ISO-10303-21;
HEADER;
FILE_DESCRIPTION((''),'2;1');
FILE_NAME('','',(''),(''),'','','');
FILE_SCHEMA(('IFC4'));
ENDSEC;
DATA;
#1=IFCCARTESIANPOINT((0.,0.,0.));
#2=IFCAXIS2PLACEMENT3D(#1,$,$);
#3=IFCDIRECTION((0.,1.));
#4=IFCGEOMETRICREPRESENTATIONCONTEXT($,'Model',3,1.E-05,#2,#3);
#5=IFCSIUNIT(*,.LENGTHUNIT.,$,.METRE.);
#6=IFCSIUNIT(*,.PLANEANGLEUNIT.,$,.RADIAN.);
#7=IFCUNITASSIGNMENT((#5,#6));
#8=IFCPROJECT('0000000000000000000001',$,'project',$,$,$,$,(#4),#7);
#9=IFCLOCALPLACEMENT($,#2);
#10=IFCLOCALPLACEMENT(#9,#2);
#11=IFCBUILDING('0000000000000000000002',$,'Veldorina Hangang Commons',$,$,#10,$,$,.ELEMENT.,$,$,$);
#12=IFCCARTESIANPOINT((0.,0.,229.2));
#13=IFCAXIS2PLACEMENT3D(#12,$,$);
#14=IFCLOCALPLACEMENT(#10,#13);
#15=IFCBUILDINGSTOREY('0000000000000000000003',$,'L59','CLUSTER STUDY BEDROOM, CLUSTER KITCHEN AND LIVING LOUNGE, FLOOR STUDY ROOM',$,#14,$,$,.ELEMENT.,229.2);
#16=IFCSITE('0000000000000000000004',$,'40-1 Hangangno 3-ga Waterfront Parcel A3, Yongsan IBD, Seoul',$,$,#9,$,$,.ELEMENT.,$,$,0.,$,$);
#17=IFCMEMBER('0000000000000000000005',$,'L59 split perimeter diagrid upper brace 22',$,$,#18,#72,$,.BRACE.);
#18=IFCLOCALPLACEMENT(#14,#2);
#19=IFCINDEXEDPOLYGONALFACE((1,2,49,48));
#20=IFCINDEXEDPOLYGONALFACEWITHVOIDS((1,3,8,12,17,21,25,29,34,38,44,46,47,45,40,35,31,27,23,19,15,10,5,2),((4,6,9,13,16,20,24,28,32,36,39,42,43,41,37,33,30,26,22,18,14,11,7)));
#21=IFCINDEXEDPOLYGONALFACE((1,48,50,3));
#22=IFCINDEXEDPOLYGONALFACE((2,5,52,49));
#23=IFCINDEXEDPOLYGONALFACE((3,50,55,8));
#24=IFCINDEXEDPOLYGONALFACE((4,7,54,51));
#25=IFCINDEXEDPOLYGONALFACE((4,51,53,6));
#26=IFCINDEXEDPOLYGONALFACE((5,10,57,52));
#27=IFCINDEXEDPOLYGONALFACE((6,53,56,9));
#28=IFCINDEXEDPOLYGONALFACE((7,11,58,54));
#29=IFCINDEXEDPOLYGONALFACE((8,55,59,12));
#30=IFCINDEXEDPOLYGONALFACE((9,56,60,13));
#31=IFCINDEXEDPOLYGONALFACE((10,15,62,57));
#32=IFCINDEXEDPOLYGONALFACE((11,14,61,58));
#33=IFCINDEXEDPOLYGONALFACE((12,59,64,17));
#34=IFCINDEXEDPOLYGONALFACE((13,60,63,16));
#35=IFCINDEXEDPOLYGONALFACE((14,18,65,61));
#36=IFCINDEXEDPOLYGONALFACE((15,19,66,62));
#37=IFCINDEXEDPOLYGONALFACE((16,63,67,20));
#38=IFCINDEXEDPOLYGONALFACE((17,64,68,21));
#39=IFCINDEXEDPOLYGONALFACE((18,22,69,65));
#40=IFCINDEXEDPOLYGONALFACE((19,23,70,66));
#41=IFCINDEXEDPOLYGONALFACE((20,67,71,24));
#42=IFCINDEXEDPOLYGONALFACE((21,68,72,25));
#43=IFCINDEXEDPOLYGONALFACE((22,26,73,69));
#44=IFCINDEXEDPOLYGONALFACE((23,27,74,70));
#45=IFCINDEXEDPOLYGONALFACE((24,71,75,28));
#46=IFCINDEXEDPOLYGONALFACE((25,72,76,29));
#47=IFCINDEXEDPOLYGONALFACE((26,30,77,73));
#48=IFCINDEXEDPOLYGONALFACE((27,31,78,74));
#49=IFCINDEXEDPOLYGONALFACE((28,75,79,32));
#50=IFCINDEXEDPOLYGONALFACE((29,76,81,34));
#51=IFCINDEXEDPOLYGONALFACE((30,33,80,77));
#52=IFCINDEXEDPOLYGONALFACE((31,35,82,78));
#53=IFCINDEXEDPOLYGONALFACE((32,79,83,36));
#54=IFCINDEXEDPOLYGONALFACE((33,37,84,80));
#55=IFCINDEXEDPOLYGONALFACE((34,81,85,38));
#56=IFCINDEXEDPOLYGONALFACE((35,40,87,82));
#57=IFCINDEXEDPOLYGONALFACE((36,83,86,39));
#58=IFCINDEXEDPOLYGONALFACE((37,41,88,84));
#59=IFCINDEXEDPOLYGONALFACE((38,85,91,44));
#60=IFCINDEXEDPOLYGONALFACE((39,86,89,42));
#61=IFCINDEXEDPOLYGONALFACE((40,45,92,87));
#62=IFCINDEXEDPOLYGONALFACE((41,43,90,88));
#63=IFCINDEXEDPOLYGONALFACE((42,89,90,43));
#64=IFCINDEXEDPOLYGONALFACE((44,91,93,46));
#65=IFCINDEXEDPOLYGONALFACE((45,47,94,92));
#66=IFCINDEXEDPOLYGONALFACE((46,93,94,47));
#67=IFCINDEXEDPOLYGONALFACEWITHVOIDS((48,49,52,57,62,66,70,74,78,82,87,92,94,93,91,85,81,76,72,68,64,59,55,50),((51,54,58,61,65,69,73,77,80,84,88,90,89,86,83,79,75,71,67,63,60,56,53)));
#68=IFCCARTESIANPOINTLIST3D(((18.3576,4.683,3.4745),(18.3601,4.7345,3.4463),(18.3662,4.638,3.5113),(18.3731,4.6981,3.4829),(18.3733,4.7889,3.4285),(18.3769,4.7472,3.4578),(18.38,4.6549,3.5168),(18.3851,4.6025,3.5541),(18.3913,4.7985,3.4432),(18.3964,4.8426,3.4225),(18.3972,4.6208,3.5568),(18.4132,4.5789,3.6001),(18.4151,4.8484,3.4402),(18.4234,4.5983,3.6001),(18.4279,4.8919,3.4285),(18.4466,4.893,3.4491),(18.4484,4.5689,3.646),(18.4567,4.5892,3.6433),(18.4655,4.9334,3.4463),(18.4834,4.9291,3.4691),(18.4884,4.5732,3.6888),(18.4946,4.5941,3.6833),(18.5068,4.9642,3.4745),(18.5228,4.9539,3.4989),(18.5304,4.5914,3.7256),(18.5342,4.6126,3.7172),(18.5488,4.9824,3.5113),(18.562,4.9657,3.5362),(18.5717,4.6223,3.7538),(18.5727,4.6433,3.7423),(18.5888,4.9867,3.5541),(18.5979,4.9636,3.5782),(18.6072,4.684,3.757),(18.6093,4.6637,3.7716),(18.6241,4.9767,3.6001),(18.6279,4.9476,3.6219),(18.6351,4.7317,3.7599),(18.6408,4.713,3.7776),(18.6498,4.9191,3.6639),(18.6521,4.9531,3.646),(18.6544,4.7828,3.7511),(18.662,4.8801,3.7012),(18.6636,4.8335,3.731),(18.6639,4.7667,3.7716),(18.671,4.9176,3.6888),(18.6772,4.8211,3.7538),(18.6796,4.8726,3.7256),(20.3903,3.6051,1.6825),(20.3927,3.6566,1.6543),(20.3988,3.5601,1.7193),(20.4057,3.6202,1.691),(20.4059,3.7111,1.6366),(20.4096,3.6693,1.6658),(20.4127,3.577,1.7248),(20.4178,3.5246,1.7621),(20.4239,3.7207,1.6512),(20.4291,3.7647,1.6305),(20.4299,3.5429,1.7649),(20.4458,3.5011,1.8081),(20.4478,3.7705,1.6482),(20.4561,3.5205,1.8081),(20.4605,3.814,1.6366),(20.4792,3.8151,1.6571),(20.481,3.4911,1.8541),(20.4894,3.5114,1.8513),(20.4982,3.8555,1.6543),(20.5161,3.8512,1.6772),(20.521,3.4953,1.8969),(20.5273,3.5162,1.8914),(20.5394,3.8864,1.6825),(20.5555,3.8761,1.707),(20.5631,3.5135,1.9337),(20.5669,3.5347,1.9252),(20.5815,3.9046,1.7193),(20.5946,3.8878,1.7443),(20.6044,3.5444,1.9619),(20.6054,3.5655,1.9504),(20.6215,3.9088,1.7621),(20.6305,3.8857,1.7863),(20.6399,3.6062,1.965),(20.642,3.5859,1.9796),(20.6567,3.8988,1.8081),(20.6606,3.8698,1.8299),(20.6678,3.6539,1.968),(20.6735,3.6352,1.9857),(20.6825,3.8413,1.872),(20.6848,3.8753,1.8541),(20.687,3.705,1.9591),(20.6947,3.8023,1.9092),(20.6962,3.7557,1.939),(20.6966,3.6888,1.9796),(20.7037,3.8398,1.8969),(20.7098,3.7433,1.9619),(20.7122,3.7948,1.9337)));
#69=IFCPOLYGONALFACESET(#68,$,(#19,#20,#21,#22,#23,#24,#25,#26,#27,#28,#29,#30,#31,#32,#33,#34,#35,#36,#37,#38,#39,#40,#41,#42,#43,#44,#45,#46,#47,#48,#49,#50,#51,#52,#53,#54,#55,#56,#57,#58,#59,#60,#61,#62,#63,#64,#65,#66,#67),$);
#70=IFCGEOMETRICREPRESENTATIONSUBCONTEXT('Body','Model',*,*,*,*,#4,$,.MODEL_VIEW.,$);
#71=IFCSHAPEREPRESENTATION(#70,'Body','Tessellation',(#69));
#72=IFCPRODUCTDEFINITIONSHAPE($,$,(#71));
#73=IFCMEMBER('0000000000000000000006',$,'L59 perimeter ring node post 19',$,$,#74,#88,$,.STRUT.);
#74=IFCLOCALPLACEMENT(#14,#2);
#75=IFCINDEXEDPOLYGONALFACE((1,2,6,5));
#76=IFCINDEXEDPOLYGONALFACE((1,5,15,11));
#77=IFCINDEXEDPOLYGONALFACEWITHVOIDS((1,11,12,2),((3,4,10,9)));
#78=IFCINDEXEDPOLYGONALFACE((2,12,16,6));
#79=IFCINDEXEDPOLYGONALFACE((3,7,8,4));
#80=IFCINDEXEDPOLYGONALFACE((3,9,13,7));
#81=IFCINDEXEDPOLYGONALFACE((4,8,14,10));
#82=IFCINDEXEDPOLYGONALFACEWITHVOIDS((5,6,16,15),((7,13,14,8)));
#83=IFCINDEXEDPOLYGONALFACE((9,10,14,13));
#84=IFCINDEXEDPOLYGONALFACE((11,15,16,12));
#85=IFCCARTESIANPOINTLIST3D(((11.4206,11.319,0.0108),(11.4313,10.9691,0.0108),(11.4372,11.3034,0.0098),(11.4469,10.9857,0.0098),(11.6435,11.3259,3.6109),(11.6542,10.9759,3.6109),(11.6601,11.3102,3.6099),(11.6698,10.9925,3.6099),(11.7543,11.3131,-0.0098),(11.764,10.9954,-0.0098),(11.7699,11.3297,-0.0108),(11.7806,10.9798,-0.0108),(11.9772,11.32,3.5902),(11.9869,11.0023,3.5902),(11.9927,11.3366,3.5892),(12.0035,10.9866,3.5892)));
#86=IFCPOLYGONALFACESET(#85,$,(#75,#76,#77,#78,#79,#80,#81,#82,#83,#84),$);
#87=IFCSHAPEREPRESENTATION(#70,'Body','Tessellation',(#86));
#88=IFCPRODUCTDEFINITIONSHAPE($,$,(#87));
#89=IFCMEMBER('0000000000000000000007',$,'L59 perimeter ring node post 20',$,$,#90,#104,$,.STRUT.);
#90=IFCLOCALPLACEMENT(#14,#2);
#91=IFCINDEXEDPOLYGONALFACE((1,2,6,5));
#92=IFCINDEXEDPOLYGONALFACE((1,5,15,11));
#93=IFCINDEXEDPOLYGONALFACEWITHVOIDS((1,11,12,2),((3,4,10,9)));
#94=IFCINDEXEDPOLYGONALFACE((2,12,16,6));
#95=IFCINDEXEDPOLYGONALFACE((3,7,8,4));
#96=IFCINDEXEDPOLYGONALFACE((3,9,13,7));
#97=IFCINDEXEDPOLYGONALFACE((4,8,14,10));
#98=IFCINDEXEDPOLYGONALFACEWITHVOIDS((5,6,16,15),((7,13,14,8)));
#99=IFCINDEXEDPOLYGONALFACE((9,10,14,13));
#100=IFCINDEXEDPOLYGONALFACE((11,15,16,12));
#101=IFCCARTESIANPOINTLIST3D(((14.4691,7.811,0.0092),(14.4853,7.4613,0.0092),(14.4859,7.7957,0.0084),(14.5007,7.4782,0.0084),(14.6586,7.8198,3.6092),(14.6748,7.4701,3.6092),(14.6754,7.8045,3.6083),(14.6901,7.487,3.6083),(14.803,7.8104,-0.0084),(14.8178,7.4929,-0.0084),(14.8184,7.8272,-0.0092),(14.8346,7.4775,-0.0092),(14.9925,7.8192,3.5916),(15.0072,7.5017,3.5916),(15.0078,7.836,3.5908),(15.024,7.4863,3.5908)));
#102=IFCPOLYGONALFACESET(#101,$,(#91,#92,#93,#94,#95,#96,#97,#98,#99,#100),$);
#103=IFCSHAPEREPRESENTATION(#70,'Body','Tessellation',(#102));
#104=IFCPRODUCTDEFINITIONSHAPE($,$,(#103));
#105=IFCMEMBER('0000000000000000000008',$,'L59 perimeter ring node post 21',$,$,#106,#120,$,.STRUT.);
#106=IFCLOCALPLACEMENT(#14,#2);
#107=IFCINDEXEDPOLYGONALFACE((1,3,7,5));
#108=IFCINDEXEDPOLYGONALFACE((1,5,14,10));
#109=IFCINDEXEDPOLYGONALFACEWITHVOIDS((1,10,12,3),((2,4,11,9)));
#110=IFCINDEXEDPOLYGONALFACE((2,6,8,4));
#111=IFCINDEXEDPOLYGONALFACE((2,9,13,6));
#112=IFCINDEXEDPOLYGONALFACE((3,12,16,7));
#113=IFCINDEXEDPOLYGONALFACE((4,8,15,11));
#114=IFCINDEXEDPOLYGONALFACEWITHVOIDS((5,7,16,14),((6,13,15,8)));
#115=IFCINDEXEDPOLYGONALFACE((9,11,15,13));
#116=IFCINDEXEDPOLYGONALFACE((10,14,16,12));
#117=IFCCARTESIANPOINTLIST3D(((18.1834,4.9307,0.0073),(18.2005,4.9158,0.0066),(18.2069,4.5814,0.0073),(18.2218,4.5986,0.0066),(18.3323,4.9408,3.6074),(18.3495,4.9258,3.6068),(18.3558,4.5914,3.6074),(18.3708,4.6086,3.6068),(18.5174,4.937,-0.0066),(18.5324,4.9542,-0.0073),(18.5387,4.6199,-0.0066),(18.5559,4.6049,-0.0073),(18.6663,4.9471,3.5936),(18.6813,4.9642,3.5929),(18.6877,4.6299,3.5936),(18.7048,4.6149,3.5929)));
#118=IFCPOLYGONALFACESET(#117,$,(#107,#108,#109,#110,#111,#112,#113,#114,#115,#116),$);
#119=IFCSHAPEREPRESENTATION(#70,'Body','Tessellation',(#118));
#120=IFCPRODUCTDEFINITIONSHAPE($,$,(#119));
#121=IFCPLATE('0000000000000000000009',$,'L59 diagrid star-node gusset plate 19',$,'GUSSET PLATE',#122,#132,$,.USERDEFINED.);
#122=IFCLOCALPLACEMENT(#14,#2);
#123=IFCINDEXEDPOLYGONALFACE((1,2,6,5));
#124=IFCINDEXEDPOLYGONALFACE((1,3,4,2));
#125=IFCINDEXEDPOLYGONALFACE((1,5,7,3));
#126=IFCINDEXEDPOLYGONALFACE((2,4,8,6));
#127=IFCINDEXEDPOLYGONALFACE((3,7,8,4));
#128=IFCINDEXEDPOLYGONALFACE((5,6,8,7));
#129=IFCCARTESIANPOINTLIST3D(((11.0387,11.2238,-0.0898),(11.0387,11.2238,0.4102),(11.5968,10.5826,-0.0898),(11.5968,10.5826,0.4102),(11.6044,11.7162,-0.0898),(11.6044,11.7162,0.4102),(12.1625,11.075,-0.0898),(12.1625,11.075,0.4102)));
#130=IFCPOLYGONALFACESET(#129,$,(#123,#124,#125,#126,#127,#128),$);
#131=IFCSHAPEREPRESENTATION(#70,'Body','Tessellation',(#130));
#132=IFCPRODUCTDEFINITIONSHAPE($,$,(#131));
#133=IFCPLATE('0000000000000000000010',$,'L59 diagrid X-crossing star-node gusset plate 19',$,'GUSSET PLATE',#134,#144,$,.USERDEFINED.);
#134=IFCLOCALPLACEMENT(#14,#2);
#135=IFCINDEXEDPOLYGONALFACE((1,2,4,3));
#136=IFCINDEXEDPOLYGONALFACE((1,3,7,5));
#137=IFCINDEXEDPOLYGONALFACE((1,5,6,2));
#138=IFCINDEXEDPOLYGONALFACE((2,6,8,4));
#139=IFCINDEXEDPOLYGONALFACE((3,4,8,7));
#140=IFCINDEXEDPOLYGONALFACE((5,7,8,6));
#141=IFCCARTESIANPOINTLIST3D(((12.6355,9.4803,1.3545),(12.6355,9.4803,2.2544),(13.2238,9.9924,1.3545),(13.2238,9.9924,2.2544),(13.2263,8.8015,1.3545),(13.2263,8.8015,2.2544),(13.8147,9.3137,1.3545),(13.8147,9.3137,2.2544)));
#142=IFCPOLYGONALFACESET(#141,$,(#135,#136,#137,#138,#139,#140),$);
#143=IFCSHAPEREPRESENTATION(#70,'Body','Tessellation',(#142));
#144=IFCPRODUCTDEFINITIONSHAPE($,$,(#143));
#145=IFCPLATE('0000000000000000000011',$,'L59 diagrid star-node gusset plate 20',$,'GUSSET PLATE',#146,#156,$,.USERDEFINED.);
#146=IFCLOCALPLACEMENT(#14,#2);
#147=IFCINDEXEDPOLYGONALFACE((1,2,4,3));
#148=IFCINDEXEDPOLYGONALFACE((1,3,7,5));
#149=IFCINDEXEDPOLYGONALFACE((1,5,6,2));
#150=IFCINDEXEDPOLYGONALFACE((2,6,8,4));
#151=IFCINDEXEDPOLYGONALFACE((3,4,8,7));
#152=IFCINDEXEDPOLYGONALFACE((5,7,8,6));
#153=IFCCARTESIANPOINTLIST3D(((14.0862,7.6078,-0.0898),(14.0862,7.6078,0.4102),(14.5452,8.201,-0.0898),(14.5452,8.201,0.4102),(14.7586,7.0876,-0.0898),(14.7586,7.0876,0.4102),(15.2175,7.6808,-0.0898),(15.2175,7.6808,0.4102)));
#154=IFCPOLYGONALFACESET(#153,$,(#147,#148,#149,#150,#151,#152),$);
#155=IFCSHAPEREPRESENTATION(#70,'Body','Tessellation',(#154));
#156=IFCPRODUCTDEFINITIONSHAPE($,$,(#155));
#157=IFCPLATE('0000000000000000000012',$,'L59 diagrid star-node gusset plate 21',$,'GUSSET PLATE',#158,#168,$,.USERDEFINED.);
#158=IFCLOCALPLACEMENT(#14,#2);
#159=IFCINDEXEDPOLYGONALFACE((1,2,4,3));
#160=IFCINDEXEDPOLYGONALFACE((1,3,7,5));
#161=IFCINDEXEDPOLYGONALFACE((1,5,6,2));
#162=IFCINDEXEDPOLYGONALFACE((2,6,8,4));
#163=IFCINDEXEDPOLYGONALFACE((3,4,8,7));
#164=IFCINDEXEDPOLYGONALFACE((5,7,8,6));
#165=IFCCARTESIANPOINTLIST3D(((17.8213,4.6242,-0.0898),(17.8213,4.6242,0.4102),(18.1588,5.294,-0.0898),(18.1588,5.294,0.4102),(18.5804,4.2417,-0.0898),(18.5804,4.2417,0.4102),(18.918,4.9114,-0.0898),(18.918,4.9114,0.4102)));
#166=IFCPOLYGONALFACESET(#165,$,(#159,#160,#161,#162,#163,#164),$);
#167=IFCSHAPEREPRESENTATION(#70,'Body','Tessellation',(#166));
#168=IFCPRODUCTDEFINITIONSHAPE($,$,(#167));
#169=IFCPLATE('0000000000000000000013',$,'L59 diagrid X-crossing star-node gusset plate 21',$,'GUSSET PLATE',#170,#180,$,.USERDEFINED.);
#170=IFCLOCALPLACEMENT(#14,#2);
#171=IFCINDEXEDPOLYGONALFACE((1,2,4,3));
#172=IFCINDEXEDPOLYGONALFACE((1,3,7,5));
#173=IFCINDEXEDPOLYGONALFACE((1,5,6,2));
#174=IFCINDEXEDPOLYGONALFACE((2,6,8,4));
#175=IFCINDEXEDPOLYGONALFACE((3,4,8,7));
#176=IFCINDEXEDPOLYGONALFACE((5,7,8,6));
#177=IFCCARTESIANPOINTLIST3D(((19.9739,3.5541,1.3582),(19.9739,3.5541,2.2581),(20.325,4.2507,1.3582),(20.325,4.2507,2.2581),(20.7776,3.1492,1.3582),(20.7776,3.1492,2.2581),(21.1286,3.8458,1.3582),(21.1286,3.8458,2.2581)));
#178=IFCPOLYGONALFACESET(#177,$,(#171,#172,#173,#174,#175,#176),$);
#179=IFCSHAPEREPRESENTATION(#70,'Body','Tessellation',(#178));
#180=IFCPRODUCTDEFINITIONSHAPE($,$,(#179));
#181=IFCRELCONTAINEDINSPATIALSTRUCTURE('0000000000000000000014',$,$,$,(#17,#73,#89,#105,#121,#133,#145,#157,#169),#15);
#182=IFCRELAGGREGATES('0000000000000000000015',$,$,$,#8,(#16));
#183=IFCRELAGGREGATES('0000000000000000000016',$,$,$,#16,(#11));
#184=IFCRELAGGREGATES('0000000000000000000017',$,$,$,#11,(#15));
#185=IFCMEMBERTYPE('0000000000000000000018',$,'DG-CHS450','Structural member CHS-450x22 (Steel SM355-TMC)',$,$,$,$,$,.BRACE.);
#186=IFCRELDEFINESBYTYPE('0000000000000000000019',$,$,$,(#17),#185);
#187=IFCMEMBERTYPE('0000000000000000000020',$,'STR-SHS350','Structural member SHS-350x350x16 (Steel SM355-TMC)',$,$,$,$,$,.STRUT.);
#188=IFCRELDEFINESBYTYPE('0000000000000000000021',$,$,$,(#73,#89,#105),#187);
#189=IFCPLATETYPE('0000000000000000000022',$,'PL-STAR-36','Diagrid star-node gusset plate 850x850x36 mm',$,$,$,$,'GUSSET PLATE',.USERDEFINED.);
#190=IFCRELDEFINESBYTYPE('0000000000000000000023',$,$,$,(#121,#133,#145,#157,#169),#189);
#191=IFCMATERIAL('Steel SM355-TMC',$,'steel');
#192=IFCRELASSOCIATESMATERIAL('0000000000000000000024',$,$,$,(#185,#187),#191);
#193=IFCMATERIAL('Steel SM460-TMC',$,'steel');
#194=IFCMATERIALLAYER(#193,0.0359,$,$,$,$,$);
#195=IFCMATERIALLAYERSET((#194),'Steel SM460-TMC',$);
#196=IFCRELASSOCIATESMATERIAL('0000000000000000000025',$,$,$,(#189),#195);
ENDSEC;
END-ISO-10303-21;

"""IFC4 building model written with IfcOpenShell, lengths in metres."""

from ifc_helpers import new_model, si_unit, direction, frame, origin, origin_2d, place, context, subcontext, project, spatial, rectangle, hollow_rectangle, hollow_circle, extrude, material, layer, layer_set, material_profile, profile_set, type_object, element, save


model = new_model("IFC4")

# Units and contexts
model_context = context("Model", 3, precision=1e-05, world=origin(), true_north=direction((0.0, 1.0)))
body_context = subcontext(model_context, "Body", "Model", "MODEL_VIEW")
ifc_project = project(units=[si_unit("LENGTHUNIT", "METRE"), si_unit("PLANEANGLEUNIT", "RADIAN")], contexts=[model_context])

# Site, building, storey
site_placement = place(None, origin())
site = spatial("IfcSite", under=ifc_project, at=site_placement, Name="40-1 Hangangno 3-ga Waterfront Parcel A3, Yongsan IBD, Seoul", CompositionType="ELEMENT", RefElevation=0.0)
building_placement = place(site_placement, origin())
building = spatial("IfcBuilding", under=site, at=building_placement, Name="Veldorina Hangang Commons", CompositionType="ELEMENT")
storey_placement = place(building_placement, frame((0.0, 0.0, 229.2)))
storey = spatial("IfcBuildingStorey", under=building, at=storey_placement, Name="L59", Description="CLUSTER STUDY BEDROOM, CLUSTER KITCHEN AND LIVING LOUNGE, FLOOR STUDY ROOM", CompositionType="ELEMENT", Elevation=229.2)

# Shared definitions
ifc_material_1 = material(Name="Steel SM355-TMC", Category="steel")

# Members
ifc_material_profile_1 = material_profile(ifc_material_1, hollow_circle(Radius=0.2251, WallThickness=0.022, at=origin_2d()), Name="CHS-450x22")
ifc_profile_set_1 = profile_set([ifc_material_profile_1], Name="Steel SM355-TMC")
member_type_1 = type_object("IfcMemberType", Name="DG-CHS450", Description="Structural member CHS-450x22 (Steel SM355-TMC)", PredefinedType="BRACE", material=ifc_profile_set_1)
member_1_placement = place(storey_placement, frame((20.5513, 3.7, 1.8081), z_axis=(-0.697011, 0.369602, 0.614468), x_axis=(-0.468478, -0.883475, 0.0)))
element("IfcMember", 1, at=member_1_placement, inside=storey, type_object=member_type_1, Name="L59 split perimeter diagrid upper brace 22", PredefinedType="BRACE", context=body_context, shape_type="SweptSolid", body=[
    extrude(hollow_circle(Radius=0.2251, WallThickness=0.022, at=origin_2d()), origin(), (0.0, 0.0, 1.0), 2.9163),
])
ifc_material_profile_2 = material_profile(ifc_material_1, hollow_rectangle(XDim=0.3501, YDim=0.3501, WallThickness=0.0161, at=origin_2d()), Name="SHS-350x350x16")
ifc_profile_set_2 = profile_set([ifc_material_profile_2], Name="Steel SM355-TMC")
member_type_2 = type_object("IfcMemberType", Name="STR-SHS350", Description="Structural member SHS-350x350x16 (Steel SM355-TMC)", PredefinedType="STRUT", material=ifc_profile_set_2)
member_2_placement = place(storey_placement, frame((11.6006, 11.1494, 0.0), z_axis=(0.061797, 0.001895, 0.998087), x_axis=(-0.030654, 0.99953, 0.0)))
element("IfcMember", 2, at=member_2_placement, inside=storey, type_object=member_type_2, Name="L59 perimeter ring node post 19", PredefinedType="STRUT", context=body_context, shape_type="SweptSolid", body=[
    extrude(hollow_rectangle(XDim=0.3501, YDim=0.3501, WallThickness=0.0161, at=origin_2d()), origin(), (0.0, 0.0, 1.0), 3.6069),
])
member_3_placement = place(storey_placement, frame((14.6519, 7.6443, 0.0), z_axis=(0.052552, 0.002438, 0.998615), x_axis=(-0.046342, 0.998926, 0.0)))
element("IfcMember", 3, at=member_3_placement, inside=storey, type_object=member_type_2, Name="L59 perimeter ring node post 20", PredefinedType="STRUT", context=body_context, shape_type="SweptSolid", body=[
    extrude(hollow_rectangle(XDim=0.3501, YDim=0.3501, WallThickness=0.0161, at=origin_2d()), origin(), (0.0, 0.0, 1.0), 3.605),
])
member_4_placement = place(storey_placement, frame((18.3696, 4.7678, 0.0), z_axis=(0.041332, 0.002778, 0.999142), x_axis=(-0.067062, 0.997749, 0.0)))
element("IfcMember", 4, at=member_4_placement, inside=storey, type_object=member_type_2, Name="L59 perimeter ring node post 21", PredefinedType="STRUT", context=body_context, shape_type="SweptSolid", body=[
    extrude(hollow_rectangle(XDim=0.3501, YDim=0.3501, WallThickness=0.0161, at=origin_2d()), origin(), (0.0, 0.0, 1.0), 3.6033),
])

# Plates
ifc_material_2 = material(Name="Steel SM460-TMC", Category="steel")
ifc_layer_1 = layer(ifc_material_2, 0.0359)
ifc_layer_set_1 = layer_set([ifc_layer_1], Name="Steel SM460-TMC")
plate_type = type_object("IfcPlateType", Name="PL-STAR-36", Description="Diagrid star-node gusset plate 850x850x36 mm", ElementType="GUSSET PLATE", PredefinedType="USERDEFINED", material=ifc_layer_set_1)
plate_1_placement = place(storey_placement, frame((11.6006, 11.1494, -0.0898), z_axis=(0.0, 0.0, 1.0), x_axis=(0.656573, -0.754263, 0.0)))
element("IfcPlate", 5, at=plate_1_placement, inside=storey, type_object=plate_type, Name="L59 diagrid star-node gusset plate 19", ObjectType="GUSSET PLATE", PredefinedType="USERDEFINED", context=body_context, shape_type="SweptSolid", body=[
    extrude(rectangle(XDim=0.8501, YDim=0.75, at=origin_2d()), origin(), (0.0, 0.0, 1.0), 0.5),
])
plate_2_placement = place(storey_placement, frame((13.2251, 9.397, 1.3545), z_axis=(0.0, 0.0, 1.0), x_axis=(0.656573, -0.754263, 0.0)))
element("IfcPlate", 6, at=plate_2_placement, inside=storey, type_object=plate_type, Name="L59 diagrid X-crossing star-node gusset plate 19", ObjectType="GUSSET PLATE", PredefinedType="USERDEFINED", context=body_context, shape_type="SweptSolid", body=[
    extrude(rectangle(XDim=0.8999, YDim=0.78, at=origin_2d()), origin(), (0.0, 0.0, 1.0), 0.8999),
])
for number, where, z_axis, x_axis, name in (
    (7, (14.6519, 7.6443, -0.0898), (0.0, 0.0, 1.0), (0.790914, -0.611927, 0.0), "L59 diagrid star-node gusset plate 20"),
    (8, (18.3696, 4.7678, -0.0898), (0.0, 0.0, 1.0), (0.893018, -0.450021, 0.0), "L59 diagrid star-node gusset plate 21"),
):
    element("IfcPlate", number, at=place(storey_placement, frame(where, z_axis=z_axis, x_axis=x_axis)), inside=storey, type_object=plate_type, Name=name, ObjectType="GUSSET PLATE", PredefinedType="USERDEFINED", context=body_context, shape_type="SweptSolid", body=[
        extrude(rectangle(XDim=0.8501, YDim=0.75, at=origin_2d()), origin(), (0.0, 0.0, 1.0), 0.5),
    ])
plate_3_placement = place(storey_placement, frame((20.5513, 3.7, 1.3582), z_axis=(0.0, 0.0, 1.0), x_axis=(0.893018, -0.450021, 0.0)))
element("IfcPlate", 9, at=plate_3_placement, inside=storey, type_object=plate_type, Name="L59 diagrid X-crossing star-node gusset plate 21", ObjectType="GUSSET PLATE", PredefinedType="USERDEFINED", context=body_context, shape_type="SweptSolid", body=[
    extrude(rectangle(XDim=0.8999, YDim=0.78, at=origin_2d()), origin(), (0.0, 0.0, 1.0), 0.8999),
])

save(model, "model.ifc")
